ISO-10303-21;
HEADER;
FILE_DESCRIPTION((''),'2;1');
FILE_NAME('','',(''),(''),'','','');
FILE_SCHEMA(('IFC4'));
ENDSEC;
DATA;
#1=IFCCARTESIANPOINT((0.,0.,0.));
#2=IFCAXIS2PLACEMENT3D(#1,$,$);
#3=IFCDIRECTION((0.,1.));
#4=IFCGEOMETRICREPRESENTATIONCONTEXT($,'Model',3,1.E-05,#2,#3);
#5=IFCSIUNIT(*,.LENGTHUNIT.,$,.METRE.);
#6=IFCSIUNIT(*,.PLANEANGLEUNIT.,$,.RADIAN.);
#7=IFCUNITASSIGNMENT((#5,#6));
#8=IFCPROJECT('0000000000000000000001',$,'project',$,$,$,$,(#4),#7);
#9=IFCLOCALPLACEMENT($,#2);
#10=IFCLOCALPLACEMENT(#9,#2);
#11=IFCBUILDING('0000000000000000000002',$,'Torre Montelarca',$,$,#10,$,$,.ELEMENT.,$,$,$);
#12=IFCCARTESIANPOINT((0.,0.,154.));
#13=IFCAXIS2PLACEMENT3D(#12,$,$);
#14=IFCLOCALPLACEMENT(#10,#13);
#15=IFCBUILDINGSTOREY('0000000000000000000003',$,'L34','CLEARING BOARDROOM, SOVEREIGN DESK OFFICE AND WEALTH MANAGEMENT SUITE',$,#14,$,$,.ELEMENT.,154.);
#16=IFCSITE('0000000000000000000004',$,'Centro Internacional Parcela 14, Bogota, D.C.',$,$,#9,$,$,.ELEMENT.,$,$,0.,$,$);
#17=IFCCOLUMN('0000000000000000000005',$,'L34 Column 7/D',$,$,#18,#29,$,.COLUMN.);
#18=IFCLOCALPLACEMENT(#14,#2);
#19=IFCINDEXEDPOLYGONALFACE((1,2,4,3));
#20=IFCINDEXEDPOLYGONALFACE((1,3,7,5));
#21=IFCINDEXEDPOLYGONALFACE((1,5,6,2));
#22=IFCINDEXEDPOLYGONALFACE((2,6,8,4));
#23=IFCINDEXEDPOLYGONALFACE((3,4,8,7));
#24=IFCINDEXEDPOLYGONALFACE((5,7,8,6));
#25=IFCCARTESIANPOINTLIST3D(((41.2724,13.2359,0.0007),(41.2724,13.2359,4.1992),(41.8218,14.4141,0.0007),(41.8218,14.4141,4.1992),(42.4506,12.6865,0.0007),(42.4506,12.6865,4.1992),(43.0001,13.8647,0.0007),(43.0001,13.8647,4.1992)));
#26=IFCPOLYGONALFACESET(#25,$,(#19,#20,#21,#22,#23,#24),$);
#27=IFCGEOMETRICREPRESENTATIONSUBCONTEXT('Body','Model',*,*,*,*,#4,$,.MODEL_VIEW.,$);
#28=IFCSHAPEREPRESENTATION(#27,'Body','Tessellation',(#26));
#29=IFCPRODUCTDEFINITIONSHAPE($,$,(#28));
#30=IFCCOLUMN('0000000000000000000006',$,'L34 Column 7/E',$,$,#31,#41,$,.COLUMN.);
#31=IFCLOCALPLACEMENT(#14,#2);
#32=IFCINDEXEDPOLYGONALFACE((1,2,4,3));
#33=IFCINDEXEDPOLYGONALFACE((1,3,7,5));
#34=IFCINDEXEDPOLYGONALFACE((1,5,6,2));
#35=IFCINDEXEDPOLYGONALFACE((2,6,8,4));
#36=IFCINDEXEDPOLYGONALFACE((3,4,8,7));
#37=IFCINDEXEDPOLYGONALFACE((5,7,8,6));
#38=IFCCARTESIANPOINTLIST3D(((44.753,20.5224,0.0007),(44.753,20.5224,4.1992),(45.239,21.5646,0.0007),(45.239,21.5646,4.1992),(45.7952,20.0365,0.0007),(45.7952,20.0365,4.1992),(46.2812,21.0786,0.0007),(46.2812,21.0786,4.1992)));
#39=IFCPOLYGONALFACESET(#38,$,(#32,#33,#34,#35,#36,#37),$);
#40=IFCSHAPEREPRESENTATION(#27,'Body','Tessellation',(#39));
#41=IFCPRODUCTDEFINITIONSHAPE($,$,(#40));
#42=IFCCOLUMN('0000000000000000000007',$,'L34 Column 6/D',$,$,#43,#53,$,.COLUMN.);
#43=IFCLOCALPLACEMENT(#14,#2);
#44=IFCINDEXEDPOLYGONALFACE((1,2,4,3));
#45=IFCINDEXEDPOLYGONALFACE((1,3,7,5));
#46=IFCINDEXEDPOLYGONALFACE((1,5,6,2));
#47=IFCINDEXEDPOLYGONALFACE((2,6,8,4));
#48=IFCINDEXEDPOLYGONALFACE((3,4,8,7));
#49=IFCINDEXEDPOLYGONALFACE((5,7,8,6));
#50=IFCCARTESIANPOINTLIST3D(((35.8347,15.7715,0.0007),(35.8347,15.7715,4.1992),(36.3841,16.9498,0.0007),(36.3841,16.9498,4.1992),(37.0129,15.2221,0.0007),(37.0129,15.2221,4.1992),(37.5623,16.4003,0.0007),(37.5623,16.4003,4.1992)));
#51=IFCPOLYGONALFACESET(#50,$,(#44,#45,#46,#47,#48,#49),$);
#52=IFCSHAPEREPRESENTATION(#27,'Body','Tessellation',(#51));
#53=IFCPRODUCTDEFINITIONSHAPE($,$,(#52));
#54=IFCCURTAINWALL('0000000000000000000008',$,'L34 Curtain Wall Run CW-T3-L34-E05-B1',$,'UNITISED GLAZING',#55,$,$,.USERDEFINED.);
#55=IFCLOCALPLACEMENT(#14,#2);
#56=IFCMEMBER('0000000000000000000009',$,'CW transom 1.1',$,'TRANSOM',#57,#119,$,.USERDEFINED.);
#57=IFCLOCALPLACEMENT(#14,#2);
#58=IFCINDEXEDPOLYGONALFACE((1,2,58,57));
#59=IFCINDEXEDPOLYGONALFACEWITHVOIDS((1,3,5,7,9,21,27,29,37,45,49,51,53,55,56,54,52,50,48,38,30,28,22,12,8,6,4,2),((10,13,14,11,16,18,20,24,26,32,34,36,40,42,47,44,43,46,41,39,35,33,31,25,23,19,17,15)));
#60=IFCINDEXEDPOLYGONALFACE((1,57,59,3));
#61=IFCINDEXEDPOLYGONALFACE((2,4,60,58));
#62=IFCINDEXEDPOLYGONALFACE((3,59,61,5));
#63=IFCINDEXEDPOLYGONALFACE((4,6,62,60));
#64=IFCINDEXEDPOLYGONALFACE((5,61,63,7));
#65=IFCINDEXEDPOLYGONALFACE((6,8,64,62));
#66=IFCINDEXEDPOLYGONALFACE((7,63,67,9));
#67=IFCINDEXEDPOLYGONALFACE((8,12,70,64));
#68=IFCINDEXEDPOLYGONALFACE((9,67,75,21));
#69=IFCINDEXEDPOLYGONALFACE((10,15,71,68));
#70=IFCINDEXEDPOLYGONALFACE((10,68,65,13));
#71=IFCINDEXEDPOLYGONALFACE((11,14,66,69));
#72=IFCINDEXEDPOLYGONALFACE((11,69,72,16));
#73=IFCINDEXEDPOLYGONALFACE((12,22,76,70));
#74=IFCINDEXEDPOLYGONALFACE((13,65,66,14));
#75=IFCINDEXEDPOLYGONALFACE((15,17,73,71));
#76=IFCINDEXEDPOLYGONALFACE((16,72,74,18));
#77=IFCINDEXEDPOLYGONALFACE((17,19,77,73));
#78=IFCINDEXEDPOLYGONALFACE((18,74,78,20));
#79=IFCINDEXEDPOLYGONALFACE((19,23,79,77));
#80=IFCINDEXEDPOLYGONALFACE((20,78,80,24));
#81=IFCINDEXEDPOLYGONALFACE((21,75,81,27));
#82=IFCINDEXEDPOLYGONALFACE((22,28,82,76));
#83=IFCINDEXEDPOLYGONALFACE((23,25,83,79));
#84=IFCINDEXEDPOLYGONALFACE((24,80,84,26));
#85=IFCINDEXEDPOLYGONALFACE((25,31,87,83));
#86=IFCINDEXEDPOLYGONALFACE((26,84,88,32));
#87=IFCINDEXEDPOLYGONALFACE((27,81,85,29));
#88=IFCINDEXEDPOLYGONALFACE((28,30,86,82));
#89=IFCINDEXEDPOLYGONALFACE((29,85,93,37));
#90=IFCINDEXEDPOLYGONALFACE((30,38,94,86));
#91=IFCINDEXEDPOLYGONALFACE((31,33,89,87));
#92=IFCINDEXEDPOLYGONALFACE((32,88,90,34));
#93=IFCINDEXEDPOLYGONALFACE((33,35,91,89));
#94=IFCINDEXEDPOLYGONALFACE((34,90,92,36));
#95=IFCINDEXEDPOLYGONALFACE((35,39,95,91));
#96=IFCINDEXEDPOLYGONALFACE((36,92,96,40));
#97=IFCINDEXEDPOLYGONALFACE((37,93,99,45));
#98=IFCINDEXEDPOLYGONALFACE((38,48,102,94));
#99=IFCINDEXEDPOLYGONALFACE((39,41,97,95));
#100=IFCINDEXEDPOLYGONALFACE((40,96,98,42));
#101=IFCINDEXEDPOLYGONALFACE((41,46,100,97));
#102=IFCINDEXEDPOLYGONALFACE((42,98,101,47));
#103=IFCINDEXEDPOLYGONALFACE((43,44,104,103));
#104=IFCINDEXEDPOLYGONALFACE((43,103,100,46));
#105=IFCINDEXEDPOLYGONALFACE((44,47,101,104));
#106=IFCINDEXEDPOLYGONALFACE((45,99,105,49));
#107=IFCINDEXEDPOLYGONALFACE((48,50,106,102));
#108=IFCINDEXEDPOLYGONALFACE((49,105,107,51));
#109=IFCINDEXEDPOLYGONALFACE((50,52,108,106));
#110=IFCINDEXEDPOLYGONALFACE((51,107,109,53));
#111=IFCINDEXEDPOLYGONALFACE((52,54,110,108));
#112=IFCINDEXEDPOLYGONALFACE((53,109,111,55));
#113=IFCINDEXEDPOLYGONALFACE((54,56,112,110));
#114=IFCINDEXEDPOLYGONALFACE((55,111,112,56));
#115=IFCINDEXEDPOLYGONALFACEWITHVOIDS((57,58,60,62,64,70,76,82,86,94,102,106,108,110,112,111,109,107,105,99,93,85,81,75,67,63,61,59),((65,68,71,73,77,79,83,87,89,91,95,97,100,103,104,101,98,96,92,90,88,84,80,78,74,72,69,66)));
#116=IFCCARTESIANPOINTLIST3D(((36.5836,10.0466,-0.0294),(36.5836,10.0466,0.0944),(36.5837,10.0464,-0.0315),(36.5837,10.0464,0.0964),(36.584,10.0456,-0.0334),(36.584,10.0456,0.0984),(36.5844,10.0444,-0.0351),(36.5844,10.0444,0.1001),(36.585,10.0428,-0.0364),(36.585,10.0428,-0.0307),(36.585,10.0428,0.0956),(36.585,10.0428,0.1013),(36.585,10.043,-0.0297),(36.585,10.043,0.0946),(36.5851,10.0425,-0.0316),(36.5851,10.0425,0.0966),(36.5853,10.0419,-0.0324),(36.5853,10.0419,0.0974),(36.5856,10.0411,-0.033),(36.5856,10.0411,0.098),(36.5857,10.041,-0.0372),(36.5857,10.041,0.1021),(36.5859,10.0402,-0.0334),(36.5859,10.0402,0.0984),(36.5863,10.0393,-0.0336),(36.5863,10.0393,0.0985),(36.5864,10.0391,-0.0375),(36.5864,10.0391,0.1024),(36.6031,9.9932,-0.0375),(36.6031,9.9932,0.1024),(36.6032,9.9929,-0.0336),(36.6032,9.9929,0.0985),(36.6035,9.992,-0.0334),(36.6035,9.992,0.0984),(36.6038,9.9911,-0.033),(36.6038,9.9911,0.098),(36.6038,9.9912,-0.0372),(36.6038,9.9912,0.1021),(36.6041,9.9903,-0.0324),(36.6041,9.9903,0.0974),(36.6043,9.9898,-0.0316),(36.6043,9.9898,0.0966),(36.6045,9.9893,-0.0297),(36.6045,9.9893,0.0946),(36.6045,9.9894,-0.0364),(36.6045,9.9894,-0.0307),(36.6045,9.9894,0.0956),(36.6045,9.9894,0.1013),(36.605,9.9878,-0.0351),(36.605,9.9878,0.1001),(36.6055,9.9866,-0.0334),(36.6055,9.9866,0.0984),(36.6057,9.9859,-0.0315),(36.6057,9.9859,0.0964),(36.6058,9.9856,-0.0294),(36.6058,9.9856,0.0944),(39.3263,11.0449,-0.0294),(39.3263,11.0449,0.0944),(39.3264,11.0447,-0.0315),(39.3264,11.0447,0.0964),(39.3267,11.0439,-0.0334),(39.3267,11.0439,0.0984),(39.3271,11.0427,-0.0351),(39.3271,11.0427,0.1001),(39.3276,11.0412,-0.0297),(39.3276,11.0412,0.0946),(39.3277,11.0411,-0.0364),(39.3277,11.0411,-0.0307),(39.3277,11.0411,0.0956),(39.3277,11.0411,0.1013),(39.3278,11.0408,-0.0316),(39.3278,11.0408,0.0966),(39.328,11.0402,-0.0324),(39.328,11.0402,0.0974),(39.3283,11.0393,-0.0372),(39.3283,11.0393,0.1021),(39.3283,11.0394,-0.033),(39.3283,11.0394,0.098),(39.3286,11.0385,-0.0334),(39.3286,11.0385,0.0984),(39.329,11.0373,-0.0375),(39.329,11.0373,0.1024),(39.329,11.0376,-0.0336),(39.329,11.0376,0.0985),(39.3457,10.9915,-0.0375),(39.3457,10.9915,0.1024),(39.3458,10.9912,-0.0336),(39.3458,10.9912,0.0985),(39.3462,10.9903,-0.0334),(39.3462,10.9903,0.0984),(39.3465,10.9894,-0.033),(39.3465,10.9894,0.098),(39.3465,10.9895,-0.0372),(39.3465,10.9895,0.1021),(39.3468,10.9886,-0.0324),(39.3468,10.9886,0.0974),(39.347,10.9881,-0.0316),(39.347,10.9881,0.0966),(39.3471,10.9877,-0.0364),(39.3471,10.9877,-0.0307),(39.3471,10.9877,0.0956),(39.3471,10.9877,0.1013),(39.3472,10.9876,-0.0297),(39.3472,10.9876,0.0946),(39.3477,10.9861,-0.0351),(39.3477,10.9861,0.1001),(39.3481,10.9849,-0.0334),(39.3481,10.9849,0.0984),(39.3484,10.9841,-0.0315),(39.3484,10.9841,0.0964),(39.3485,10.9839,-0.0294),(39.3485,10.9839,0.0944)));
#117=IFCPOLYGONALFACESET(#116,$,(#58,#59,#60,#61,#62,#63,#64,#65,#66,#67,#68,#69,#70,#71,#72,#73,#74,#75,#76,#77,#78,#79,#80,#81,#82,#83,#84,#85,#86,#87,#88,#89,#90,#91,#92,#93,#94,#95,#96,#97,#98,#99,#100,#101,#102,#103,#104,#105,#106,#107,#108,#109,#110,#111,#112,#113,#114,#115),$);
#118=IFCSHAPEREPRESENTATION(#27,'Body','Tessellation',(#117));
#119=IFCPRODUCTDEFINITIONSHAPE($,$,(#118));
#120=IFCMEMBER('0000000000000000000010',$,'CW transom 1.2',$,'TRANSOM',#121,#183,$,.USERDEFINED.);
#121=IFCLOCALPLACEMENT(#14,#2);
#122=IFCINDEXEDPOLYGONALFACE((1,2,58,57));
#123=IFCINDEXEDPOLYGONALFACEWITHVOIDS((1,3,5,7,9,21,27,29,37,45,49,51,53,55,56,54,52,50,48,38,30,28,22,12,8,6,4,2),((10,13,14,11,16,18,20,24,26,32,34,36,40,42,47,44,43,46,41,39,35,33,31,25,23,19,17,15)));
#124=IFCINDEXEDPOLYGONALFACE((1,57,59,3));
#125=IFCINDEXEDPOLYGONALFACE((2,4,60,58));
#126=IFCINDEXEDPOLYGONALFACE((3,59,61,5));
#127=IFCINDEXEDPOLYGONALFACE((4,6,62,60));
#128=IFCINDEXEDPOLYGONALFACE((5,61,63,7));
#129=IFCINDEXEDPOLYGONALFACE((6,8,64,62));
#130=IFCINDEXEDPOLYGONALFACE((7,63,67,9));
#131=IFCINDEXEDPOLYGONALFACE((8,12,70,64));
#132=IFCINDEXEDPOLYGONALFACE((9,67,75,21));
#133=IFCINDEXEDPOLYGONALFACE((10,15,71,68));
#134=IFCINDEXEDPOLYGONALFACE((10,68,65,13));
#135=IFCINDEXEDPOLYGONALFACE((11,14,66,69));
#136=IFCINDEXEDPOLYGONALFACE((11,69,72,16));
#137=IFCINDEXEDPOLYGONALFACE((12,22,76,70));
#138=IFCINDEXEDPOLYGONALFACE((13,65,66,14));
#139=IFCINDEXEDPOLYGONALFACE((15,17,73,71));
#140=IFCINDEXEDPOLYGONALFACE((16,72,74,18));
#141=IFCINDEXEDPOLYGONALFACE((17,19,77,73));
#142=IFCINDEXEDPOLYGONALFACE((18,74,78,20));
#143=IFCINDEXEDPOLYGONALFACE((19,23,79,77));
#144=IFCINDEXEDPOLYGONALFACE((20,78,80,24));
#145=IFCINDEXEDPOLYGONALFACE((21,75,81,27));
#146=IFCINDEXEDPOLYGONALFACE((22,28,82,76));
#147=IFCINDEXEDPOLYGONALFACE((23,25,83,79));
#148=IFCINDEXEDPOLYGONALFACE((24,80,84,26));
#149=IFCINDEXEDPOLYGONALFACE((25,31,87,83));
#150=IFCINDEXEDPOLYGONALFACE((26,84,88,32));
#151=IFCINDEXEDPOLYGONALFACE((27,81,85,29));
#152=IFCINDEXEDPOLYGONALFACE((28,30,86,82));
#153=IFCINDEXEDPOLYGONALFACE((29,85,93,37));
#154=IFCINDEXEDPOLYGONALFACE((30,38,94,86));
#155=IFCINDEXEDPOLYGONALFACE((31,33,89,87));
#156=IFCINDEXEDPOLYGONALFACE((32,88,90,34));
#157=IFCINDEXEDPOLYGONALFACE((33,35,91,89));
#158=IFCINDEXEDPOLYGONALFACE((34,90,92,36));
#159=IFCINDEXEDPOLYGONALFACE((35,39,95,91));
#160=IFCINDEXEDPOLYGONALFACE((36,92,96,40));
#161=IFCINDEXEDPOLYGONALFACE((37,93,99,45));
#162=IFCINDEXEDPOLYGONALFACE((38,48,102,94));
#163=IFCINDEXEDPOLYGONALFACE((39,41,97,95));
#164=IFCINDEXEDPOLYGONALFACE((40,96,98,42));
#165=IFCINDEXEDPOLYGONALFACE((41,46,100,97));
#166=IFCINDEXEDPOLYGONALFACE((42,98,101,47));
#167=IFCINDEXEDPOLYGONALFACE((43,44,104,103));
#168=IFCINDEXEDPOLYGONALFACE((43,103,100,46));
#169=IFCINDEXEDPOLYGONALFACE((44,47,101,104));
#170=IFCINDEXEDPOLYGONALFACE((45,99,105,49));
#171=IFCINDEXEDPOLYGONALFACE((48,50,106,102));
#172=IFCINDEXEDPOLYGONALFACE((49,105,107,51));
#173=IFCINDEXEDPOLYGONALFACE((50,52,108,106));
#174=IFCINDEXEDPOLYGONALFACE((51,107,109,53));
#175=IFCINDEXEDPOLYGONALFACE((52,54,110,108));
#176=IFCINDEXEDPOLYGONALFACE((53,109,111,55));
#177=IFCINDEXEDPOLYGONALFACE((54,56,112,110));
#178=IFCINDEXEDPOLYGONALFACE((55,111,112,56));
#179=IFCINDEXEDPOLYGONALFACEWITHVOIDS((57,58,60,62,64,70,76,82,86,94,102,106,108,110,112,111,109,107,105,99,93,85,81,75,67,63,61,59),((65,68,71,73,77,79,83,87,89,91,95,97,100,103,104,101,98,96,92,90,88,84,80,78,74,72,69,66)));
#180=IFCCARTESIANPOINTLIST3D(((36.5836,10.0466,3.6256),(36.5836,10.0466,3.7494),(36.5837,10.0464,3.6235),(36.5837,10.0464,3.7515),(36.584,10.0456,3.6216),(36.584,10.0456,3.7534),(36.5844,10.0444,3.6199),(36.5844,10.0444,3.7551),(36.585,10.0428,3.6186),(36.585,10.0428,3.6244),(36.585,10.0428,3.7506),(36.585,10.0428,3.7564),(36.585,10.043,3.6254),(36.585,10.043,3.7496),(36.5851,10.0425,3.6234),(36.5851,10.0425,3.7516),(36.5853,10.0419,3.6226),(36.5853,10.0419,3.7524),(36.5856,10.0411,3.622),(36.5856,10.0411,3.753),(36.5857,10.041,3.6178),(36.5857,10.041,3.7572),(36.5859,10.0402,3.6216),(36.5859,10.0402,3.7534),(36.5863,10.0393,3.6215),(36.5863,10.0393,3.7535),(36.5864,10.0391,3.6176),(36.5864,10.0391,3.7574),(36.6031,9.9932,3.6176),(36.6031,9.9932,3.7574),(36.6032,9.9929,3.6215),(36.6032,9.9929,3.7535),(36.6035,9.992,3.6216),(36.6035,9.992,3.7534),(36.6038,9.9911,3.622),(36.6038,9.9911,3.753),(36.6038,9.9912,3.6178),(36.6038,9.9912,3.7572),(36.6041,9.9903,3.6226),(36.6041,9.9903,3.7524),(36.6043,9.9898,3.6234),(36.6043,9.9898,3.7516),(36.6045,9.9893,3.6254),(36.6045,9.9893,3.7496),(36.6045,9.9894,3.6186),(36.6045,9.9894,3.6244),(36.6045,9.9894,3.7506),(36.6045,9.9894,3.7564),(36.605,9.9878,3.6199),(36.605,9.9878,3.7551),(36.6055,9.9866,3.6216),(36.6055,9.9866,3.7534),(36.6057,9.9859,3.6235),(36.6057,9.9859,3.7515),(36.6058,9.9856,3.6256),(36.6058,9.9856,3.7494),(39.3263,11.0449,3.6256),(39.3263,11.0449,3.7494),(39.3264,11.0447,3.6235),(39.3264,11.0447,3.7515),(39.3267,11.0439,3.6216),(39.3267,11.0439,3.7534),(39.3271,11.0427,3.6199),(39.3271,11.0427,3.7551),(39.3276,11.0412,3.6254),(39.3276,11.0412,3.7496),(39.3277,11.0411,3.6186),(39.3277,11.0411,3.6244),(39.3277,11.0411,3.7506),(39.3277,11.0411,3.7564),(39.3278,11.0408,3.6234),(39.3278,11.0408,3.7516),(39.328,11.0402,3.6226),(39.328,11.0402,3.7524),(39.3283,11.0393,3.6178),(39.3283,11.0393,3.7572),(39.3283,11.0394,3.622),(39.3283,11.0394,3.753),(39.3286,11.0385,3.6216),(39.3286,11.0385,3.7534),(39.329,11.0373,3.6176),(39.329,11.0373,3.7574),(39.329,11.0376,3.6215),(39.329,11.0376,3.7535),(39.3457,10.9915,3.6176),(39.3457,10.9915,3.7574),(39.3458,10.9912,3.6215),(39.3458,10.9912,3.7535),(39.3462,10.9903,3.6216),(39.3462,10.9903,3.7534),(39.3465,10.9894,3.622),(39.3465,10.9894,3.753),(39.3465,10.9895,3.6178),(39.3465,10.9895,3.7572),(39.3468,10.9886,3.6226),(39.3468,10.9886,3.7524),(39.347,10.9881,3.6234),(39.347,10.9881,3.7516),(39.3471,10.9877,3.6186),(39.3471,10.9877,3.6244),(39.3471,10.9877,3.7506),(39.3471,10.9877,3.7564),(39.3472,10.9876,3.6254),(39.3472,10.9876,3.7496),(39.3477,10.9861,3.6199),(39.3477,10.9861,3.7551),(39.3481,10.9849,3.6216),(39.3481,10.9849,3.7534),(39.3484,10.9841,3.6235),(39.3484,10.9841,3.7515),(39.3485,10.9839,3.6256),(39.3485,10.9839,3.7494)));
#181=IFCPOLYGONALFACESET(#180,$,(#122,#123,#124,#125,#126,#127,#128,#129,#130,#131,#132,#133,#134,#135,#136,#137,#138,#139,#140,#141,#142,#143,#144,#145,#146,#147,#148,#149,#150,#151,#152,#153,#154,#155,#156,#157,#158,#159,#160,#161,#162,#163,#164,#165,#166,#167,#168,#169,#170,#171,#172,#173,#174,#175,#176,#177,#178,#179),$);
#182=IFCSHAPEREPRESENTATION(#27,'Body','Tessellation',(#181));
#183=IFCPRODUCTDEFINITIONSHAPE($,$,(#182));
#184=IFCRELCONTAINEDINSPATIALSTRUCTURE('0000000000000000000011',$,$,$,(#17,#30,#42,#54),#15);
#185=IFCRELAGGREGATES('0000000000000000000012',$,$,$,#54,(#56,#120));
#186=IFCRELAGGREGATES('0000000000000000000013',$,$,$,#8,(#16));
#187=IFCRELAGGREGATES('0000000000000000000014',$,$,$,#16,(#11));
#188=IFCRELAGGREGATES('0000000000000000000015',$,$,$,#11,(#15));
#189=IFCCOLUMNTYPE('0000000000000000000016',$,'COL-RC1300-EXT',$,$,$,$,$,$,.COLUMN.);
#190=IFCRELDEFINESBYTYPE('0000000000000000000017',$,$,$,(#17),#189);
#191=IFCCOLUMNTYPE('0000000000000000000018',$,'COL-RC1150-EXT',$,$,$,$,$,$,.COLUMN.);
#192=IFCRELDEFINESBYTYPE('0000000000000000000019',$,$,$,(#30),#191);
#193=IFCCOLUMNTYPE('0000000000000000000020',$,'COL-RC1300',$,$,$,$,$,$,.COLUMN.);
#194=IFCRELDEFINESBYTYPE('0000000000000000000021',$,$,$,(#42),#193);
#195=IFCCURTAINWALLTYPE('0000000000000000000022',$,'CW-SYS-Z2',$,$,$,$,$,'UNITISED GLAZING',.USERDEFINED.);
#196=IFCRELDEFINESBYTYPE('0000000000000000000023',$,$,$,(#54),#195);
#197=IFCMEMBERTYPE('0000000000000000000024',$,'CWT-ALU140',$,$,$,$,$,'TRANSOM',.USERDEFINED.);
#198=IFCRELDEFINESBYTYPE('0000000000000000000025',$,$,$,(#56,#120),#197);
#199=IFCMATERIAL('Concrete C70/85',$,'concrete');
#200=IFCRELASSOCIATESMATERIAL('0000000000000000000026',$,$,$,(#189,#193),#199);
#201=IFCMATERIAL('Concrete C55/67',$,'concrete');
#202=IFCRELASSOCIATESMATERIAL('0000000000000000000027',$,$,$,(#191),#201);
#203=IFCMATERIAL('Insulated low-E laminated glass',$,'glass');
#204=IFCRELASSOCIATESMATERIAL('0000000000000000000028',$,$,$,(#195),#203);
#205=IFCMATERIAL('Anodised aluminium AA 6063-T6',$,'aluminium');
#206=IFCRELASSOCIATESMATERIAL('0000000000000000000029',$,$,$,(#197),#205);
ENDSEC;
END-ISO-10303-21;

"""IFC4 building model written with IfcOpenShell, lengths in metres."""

from ifc_helpers import new_model, si_unit, direction, frame, origin, origin_2d, place, context, subcontext, project, spatial, rectangle, hollow_rectangle, extrude, source, transform, mapped, material, material_profile, profile_set, type_object, element, aggregate, save


model = new_model("IFC4")

# Units and contexts
model_context = context("Model", 3, precision=1e-05, world=origin(), true_north=direction((0.0, 1.0)))
body_context = subcontext(model_context, "Body", "Model", "MODEL_VIEW")
ifc_project = project(units=[si_unit("LENGTHUNIT", "METRE"), si_unit("PLANEANGLEUNIT", "RADIAN")], contexts=[model_context])

# Site, building, storey
site_placement = place(None, origin())
site = spatial("IfcSite", under=ifc_project, at=site_placement, Name="Centro Internacional Parcela 14, Bogota, D.C.", CompositionType="ELEMENT", RefElevation=0.0)
building_placement = place(site_placement, origin())
building = spatial("IfcBuilding", under=site, at=building_placement, Name="Torre Montelarca", CompositionType="ELEMENT")
storey_placement = place(building_placement, frame((0.0, 0.0, 154.0)))
storey = spatial("IfcBuildingStorey", under=building, at=storey_placement, Name="L34", Description="CLEARING BOARDROOM, SOVEREIGN DESK OFFICE AND WEALTH MANAGEMENT SUITE", CompositionType="ELEMENT", Elevation=154.0)

# Columns
ifc_material_1 = material(Name="Concrete C70/85", Category="concrete")
ifc_material_profile_1 = material_profile(ifc_material_1, rectangle(XDim=1.3, YDim=1.3, at=origin_2d()), Name="RC1300X1300", Category="concrete")
ifc_profile_set_1 = profile_set([ifc_material_profile_1], Name="Concrete C70/85")
column_type_1 = type_object("IfcColumnType", Name="COL-RC1300-EXT", PredefinedType="COLUMN", material=ifc_profile_set_1)
shared_shape_1 = source(origin(), body_context, "Body", "SweptSolid", [
    extrude(rectangle(XDim=1.3, YDim=1.3, at=origin_2d()), origin(), (0.0, 0.0, 1.0), 4.1985),
])
column_1_placement = place(storey_placement, frame((42.1362, 13.5503, 0.0007), z_axis=(0.0, 0.0, 1.0), x_axis=(-0.906308, 0.422618, 0.0)))
element("IfcColumn", 1, at=column_1_placement, inside=storey, type_object=column_type_1, Name="L34 Column 7/D", PredefinedType="COLUMN", context=body_context, shape_type="MappedRepresentation", body=[
    mapped(shared_shape_1, transform((0.0, 0.0, 0.0), scale=1.0)),
])
ifc_material_2 = material(Name="Concrete C55/67", Category="concrete")
ifc_material_profile_2 = material_profile(ifc_material_2, rectangle(XDim=1.1499, YDim=1.1499, at=origin_2d()), Name="RC1150X1150", Category="concrete")
ifc_profile_set_2 = profile_set([ifc_material_profile_2], Name="Concrete C55/67")
column_type_2 = type_object("IfcColumnType", Name="COL-RC1150-EXT", PredefinedType="COLUMN", material=ifc_profile_set_2)
shared_shape_2 = source(origin(), body_context, "Body", "SweptSolid", [
    extrude(rectangle(XDim=1.1499, YDim=1.1499, at=origin_2d()), origin(), (0.0, 0.0, 1.0), 4.1985),
])
column_2_placement = place(storey_placement, frame((45.5171, 20.8005, 0.0007), z_axis=(0.0, 0.0, 1.0), x_axis=(-0.906308, 0.422618, 0.0)))
element("IfcColumn", 2, at=column_2_placement, inside=storey, type_object=column_type_2, Name="L34 Column 7/E", PredefinedType="COLUMN", context=body_context, shape_type="MappedRepresentation", body=[
    mapped(shared_shape_2, transform((0.0, 0.0, 0.0), scale=1.0)),
])
ifc_material_profile_3 = material_profile(ifc_material_1, rectangle(XDim=1.3, YDim=1.3, at=origin_2d()), Name="RC1300X1300", Category="concrete")
ifc_profile_set_3 = profile_set([ifc_material_profile_3], Name="Concrete C70/85")
column_type_3 = type_object("IfcColumnType", Name="COL-RC1300", PredefinedType="COLUMN", material=ifc_profile_set_3)
shared_shape_3 = source(origin(), body_context, "Body", "SweptSolid", [
    extrude(rectangle(XDim=1.3, YDim=1.3, at=origin_2d()), origin(), (0.0, 0.0, 1.0), 4.1985),
])
column_3_placement = place(storey_placement, frame((36.6985, 16.0859, 0.0007), z_axis=(0.0, 0.0, 1.0), x_axis=(-0.906308, 0.422618, 0.0)))
element("IfcColumn", 3, at=column_3_placement, inside=storey, type_object=column_type_3, Name="L34 Column 6/D", PredefinedType="COLUMN", context=body_context, shape_type="MappedRepresentation", body=[
    mapped(shared_shape_3, transform((0.0, 0.0, 0.0), scale=1.0)),
])

# Curtain wall, members
ifc_material_3 = material(Name="Insulated low-E laminated glass", Category="glass")
curtain_wall_type = type_object("IfcCurtainWallType", Name="CW-SYS-Z2", ElementType="UNITISED GLAZING", PredefinedType="USERDEFINED", material=ifc_material_3)
curtain_wall_1_placement = place(storey_placement, origin())
curtain_wall_1 = element("IfcCurtainWall", 4, at=curtain_wall_1_placement, inside=storey, type_object=curtain_wall_type, Name="L34 Curtain Wall Run CW-T3-L34-E05-B1", ObjectType="UNITISED GLAZING", PredefinedType="USERDEFINED")
ifc_material_4 = material(Name="Anodised aluminium AA 6063-T6", Category="aluminium")
ifc_material_profile_4 = material_profile(ifc_material_4, hollow_rectangle(XDim=0.0649, YDim=0.1399, WallThickness=0.0039, InnerFilletRadius=0.0039, OuterFilletRadius=0.0081, at=origin_2d()), Name="ALU65X140X4", Category="aluminium")
ifc_profile_set_4 = profile_set([ifc_material_profile_4], Name="Anodised aluminium AA 6063-T6")
member_type_1 = type_object("IfcMemberType", Name="CWT-ALU140", ElementType="TRANSOM", PredefinedType="USERDEFINED", material=ifc_profile_set_4)
shared_shape_4 = source(origin(), body_context, "Body", "SweptSolid", [
    extrude(hollow_rectangle(XDim=0.0649, YDim=0.1399, WallThickness=0.0039, InnerFilletRadius=0.0039, OuterFilletRadius=0.0081, at=origin_2d()), origin(), (0.0, 0.0, 1.0), 2.9187),
])
member_1_placement = place(storey_placement, frame((36.5947, 10.0161, 0.0325), z_axis=(0.939688, 0.342032, 0.0), x_axis=(-0.342032, 0.939688, 0.0)))
member_1 = element("IfcMember", 5, at=member_1_placement, type_object=member_type_1, Name="CW transom 1.1", ObjectType="TRANSOM", PredefinedType="USERDEFINED", context=body_context, shape_type="MappedRepresentation", body=[
    mapped(shared_shape_4, transform((0.0, 0.0, 0.0), scale=1.0)),
])
member_2_placement = place(storey_placement, frame((36.5947, 10.0161, 3.6875), z_axis=(0.939688, 0.342032, 0.0), x_axis=(-0.342032, 0.939688, 0.0)))
member_2 = element("IfcMember", 6, at=member_2_placement, type_object=member_type_1, Name="CW transom 1.2", ObjectType="TRANSOM", PredefinedType="USERDEFINED", context=body_context, shape_type="MappedRepresentation", body=[
    mapped(shared_shape_4, transform((0.0, 0.0, 0.0), scale=1.0)),
])

aggregate(curtain_wall_1, [member_1, member_2])

save(model, "model.ifc")
